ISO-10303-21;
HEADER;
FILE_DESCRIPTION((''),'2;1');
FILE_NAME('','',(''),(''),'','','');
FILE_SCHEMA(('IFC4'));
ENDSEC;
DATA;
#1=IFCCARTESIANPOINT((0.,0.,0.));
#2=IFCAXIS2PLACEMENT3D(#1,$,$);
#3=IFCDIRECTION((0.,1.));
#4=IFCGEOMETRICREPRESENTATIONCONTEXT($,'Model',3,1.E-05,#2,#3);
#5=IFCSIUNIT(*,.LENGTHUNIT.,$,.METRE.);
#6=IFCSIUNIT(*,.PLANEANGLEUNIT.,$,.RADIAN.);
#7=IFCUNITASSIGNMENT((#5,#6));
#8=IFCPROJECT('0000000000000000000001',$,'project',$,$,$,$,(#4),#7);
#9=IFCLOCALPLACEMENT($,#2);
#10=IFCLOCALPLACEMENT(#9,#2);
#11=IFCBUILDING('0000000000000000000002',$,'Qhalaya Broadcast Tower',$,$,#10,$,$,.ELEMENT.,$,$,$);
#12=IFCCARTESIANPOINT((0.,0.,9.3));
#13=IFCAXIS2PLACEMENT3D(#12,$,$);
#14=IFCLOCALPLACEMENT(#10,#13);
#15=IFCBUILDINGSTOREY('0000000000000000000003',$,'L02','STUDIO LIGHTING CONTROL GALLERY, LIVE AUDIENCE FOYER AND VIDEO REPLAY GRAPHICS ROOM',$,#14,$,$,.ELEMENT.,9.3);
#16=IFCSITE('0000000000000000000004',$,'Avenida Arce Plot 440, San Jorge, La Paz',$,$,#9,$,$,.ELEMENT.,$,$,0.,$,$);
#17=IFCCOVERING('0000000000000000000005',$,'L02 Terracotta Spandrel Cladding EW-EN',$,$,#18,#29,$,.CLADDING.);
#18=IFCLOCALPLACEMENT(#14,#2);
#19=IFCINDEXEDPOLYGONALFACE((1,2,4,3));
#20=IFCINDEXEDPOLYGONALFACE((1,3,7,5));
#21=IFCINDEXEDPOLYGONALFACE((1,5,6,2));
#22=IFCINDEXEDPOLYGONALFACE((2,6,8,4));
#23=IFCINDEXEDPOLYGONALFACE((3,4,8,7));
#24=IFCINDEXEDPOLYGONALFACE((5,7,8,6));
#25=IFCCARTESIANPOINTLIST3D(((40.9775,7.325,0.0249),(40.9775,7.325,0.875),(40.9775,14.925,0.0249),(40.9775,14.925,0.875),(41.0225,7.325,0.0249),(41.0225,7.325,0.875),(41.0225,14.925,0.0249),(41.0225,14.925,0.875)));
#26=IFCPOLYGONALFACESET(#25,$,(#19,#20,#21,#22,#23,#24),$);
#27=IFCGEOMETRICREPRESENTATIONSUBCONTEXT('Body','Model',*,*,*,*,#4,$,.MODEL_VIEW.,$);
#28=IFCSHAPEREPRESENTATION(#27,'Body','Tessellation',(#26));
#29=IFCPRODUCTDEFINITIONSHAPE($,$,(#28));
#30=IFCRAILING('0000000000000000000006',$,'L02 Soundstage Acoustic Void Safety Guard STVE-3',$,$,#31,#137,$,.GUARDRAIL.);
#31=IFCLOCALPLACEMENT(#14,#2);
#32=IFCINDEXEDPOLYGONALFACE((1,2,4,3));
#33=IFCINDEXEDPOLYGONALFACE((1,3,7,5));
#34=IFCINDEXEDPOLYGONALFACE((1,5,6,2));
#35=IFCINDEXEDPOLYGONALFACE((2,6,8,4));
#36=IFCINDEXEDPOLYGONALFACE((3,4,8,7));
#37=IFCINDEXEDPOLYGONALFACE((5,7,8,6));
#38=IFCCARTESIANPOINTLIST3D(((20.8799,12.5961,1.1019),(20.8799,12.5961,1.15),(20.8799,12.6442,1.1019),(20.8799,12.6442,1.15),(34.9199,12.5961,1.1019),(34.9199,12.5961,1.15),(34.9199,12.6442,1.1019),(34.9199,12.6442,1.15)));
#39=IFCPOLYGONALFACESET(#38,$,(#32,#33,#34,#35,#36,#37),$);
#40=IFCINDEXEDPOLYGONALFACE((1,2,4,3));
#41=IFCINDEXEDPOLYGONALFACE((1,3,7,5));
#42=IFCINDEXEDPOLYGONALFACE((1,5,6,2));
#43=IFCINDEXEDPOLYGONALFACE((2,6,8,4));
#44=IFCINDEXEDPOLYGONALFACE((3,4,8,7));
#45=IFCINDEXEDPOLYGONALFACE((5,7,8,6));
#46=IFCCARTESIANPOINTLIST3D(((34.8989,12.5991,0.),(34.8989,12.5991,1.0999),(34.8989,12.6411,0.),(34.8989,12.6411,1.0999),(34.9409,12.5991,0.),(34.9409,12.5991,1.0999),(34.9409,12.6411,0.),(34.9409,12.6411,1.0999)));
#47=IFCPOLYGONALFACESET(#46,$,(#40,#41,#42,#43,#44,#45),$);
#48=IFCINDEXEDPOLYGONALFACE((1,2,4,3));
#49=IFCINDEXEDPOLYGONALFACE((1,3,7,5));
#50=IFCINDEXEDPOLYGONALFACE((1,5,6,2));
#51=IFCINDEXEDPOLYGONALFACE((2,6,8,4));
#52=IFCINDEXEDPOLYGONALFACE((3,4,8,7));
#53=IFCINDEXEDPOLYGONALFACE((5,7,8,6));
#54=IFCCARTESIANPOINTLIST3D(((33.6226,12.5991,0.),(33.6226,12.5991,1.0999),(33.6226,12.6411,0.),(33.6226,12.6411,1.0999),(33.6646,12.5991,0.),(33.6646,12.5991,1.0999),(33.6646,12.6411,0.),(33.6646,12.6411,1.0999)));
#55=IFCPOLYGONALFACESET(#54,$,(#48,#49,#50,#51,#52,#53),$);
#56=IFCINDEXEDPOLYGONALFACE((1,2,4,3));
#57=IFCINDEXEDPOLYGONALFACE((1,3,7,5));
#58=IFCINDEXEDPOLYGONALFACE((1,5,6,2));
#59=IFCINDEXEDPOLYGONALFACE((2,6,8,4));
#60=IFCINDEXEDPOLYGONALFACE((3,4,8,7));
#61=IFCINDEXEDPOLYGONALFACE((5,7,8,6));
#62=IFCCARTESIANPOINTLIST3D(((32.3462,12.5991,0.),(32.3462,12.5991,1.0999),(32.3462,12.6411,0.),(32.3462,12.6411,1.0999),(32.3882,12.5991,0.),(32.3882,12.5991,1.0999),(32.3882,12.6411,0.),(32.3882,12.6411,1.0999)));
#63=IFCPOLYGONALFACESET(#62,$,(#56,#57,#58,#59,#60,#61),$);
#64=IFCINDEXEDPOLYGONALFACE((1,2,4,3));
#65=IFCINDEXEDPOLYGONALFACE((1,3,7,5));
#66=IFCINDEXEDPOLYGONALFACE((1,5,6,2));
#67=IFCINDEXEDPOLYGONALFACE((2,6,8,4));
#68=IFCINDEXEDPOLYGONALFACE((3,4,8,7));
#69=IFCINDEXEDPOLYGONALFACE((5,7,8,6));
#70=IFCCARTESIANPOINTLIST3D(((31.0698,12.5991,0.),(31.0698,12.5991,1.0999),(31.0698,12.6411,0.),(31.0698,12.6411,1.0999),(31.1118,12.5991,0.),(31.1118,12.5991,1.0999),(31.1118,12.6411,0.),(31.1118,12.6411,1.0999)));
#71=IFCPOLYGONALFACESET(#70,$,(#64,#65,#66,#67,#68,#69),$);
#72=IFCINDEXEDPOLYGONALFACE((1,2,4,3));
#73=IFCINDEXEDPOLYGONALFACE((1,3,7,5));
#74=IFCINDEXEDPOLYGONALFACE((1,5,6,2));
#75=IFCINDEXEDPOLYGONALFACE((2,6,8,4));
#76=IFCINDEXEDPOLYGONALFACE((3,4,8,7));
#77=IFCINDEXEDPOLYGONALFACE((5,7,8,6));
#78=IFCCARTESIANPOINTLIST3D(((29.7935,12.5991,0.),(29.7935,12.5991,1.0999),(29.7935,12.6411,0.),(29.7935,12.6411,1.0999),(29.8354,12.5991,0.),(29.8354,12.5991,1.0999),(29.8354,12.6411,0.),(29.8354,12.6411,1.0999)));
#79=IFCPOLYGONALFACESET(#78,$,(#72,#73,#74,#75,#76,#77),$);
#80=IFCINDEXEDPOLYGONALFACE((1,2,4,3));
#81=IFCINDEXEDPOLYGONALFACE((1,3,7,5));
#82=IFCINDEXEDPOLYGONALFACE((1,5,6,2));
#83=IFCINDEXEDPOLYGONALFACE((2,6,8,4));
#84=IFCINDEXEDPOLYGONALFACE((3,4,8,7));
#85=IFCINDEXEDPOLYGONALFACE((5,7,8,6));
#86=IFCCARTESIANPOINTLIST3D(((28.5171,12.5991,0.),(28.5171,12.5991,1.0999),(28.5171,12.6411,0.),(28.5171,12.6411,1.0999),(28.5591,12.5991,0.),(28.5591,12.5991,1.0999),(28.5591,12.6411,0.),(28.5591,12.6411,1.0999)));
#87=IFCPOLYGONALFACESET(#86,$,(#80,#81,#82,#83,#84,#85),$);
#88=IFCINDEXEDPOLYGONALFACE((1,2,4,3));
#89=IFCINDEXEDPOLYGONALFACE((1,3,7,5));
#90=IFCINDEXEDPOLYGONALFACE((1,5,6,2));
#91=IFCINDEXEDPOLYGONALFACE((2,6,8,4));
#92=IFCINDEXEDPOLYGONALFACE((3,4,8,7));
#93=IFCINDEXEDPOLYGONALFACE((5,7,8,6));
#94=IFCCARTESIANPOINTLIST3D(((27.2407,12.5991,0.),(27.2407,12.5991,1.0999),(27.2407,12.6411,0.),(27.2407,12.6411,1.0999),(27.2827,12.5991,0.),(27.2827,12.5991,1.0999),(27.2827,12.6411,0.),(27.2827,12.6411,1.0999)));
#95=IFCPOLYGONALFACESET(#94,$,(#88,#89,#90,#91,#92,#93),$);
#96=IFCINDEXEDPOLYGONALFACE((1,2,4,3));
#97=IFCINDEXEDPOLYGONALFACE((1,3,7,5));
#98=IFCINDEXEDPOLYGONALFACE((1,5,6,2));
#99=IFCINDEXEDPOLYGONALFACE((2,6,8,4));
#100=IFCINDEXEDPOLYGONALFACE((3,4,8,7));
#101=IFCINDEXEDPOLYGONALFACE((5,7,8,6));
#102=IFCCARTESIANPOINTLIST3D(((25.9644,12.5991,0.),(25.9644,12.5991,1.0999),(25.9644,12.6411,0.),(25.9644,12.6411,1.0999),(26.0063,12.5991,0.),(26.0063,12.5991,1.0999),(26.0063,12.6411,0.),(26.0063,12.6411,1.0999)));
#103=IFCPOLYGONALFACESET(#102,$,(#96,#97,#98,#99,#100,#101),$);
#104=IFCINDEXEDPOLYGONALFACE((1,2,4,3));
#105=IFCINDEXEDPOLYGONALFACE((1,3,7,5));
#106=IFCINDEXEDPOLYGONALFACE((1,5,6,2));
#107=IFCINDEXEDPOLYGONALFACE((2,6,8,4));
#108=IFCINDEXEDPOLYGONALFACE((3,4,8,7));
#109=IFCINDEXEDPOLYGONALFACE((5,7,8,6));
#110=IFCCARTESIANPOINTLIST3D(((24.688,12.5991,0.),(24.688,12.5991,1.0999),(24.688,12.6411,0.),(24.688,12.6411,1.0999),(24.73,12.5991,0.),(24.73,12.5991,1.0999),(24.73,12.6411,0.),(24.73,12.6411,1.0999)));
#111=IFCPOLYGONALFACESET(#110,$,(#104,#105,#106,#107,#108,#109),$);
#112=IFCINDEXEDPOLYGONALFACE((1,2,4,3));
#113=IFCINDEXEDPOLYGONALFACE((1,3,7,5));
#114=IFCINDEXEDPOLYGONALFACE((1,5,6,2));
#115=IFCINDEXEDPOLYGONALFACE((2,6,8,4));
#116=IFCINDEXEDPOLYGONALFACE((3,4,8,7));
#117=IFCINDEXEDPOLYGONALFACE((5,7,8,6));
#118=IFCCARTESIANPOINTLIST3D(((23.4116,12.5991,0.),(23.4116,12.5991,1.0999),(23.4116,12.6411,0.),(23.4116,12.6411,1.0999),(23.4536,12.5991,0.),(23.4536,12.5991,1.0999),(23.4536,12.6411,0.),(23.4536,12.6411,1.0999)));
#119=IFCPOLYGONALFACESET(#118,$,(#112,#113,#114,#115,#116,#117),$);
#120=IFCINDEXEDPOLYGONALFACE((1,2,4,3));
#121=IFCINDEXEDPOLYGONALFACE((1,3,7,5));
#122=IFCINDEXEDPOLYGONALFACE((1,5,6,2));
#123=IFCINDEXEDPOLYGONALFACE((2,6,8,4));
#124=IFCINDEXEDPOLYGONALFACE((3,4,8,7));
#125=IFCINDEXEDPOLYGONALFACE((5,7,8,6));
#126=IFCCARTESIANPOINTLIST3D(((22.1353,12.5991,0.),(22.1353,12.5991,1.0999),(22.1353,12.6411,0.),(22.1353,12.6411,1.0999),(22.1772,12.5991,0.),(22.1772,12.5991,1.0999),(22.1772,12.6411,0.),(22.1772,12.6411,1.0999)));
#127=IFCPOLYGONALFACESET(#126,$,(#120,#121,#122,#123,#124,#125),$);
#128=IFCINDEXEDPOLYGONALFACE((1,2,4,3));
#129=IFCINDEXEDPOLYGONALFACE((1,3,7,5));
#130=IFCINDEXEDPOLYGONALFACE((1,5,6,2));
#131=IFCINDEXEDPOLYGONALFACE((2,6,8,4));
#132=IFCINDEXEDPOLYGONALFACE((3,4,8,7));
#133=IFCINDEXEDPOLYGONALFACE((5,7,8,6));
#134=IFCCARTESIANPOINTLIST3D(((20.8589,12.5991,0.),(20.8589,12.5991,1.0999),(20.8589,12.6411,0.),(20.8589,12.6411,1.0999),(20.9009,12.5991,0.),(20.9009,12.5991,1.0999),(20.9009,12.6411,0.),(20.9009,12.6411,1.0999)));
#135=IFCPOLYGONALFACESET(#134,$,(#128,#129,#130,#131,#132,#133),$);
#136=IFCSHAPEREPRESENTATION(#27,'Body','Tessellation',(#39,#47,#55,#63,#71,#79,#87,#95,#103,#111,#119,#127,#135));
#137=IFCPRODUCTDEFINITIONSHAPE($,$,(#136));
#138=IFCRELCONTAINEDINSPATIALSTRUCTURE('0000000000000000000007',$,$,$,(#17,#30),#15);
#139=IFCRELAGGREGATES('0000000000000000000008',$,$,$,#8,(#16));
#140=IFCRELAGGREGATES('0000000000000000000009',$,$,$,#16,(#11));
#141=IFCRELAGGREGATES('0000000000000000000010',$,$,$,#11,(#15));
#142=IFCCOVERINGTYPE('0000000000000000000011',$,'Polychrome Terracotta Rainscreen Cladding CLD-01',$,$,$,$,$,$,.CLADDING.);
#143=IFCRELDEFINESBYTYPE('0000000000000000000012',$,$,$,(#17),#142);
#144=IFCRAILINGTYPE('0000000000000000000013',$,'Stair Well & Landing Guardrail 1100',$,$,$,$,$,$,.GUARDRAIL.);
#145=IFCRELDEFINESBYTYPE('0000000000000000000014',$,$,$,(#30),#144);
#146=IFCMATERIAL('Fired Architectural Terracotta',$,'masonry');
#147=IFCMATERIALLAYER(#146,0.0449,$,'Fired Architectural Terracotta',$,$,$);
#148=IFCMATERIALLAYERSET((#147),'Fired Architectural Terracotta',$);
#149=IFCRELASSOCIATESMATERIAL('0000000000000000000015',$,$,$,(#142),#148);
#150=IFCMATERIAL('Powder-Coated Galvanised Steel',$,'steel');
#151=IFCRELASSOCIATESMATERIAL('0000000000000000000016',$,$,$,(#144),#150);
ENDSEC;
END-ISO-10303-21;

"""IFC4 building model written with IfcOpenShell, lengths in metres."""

from ifc_helpers import new_model, si_unit, direction, frame, origin, origin_2d, place, context, subcontext, project, spatial, rectangle, extrude, material, layer, layer_set, type_object, element, save


model = new_model("IFC4")

# Units and contexts
model_context = context("Model", 3, precision=1e-05, world=origin(), true_north=direction((0.0, 1.0)))
body_context = subcontext(model_context, "Body", "Model", "MODEL_VIEW")
ifc_project = project(units=[si_unit("LENGTHUNIT", "METRE"), si_unit("PLANEANGLEUNIT", "RADIAN")], contexts=[model_context])

# Site, building, storey
site_placement = place(None, origin())
site = spatial("IfcSite", under=ifc_project, at=site_placement, Name="Avenida Arce Plot 440, San Jorge, La Paz", CompositionType="ELEMENT", RefElevation=0.0)
building_placement = place(site_placement, origin())
building = spatial("IfcBuilding", under=site, at=building_placement, Name="Qhalaya Broadcast Tower", CompositionType="ELEMENT")
storey_placement = place(building_placement, frame((0.0, 0.0, 9.3)))
storey = spatial("IfcBuildingStorey", under=building, at=storey_placement, Name="L02", Description="STUDIO LIGHTING CONTROL GALLERY, LIVE AUDIENCE FOYER AND VIDEO REPLAY GRAPHICS ROOM", CompositionType="ELEMENT", Elevation=9.3)

# Covering
ifc_material_1 = material(Name="Fired Architectural Terracotta", Category="masonry")
ifc_layer_1 = layer(ifc_material_1, 0.0449, Name="Fired Architectural Terracotta")
ifc_layer_set_1 = layer_set([ifc_layer_1], Name="Fired Architectural Terracotta")
covering_type = type_object("IfcCoveringType", Name="Polychrome Terracotta Rainscreen Cladding CLD-01", PredefinedType="CLADDING", material=ifc_layer_set_1)
for number, where, z_axis, x_axis, name in (
    (1, (41.0, 11.125, 0.0249), (0.0, 0.0, 1.0), (0.0, -1.0, 0.0), "L02 Terracotta Spandrel Cladding EW-EN"),
):
    element("IfcCovering", number, at=place(storey_placement, frame(where, z_axis=z_axis, x_axis=x_axis)), inside=storey, type_object=covering_type, Name=name, PredefinedType="CLADDING", context=body_context, shape_type="SweptSolid", body=[
        extrude(rectangle(XDim=7.6001, YDim=0.0449, at=origin_2d()), origin(), (0.0, 0.0, 1.0), 0.8501),
    ])

# Railing
ifc_material_2 = material(Name="Powder-Coated Galvanised Steel", Category="steel")
railing_type = type_object("IfcRailingType", Name="Stair Well & Landing Guardrail 1100", PredefinedType="GUARDRAIL", material=ifc_material_2)
railing_1_placement = place(storey_placement, frame((34.9199, 12.6201, 0.0)))
element("IfcRailing", 2, at=railing_1_placement, inside=storey, type_object=railing_type, Name="L02 Soundstage Acoustic Void Safety Guard STVE-3", PredefinedType="GUARDRAIL", context=body_context, shape_type="SweptSolid", body=[
    extrude(rectangle(XDim=0.0481, YDim=0.0481, at=origin_2d()), frame((0.0, 0.0, 1.126), z_axis=(-1.0, 0.0, 0.0), x_axis=(0.0, -1.0, 0.0)), (0.0, 0.0, 1.0), 14.04),
    extrude(rectangle(XDim=0.042, YDim=0.042, at=origin_2d()), origin(), (0.0, 0.0, 1.0), 1.0999),
    extrude(rectangle(XDim=0.042, YDim=0.042, at=origin_2d()), frame((-1.2764, 0.0, 0.0)), (0.0, 0.0, 1.0), 1.0999),
    extrude(rectangle(XDim=0.042, YDim=0.042, at=origin_2d()), frame((-2.5527, 0.0, 0.0)), (0.0, 0.0, 1.0), 1.0999),
    extrude(rectangle(XDim=0.042, YDim=0.042, at=origin_2d()), frame((-3.8291, 0.0, 0.0)), (0.0, 0.0, 1.0), 1.0999),
    extrude(rectangle(XDim=0.042, YDim=0.042, at=origin_2d()), frame((-5.1055, 0.0, 0.0)), (0.0, 0.0, 1.0), 1.0999),
    extrude(rectangle(XDim=0.042, YDim=0.042, at=origin_2d()), frame((-6.3818, 0.0, 0.0)), (0.0, 0.0, 1.0), 1.0999),
    extrude(rectangle(XDim=0.042, YDim=0.042, at=origin_2d()), frame((-7.6582, 0.0, 0.0)), (0.0, 0.0, 1.0), 1.0999),
    extrude(rectangle(XDim=0.042, YDim=0.042, at=origin_2d()), frame((-8.9346, 0.0, 0.0)), (0.0, 0.0, 1.0), 1.0999),
    extrude(rectangle(XDim=0.042, YDim=0.042, at=origin_2d()), frame((-10.2109, 0.0, 0.0)), (0.0, 0.0, 1.0), 1.0999),
    extrude(rectangle(XDim=0.042, YDim=0.042, at=origin_2d()), frame((-11.4873, 0.0, 0.0)), (0.0, 0.0, 1.0), 1.0999),
    extrude(rectangle(XDim=0.042, YDim=0.042, at=origin_2d()), frame((-12.7637, 0.0, 0.0)), (0.0, 0.0, 1.0), 1.0999),
    extrude(rectangle(XDim=0.042, YDim=0.042, at=origin_2d()), frame((-14.04, 0.0, 0.0)), (0.0, 0.0, 1.0), 1.0999),
])

save(model, "model.ifc")
